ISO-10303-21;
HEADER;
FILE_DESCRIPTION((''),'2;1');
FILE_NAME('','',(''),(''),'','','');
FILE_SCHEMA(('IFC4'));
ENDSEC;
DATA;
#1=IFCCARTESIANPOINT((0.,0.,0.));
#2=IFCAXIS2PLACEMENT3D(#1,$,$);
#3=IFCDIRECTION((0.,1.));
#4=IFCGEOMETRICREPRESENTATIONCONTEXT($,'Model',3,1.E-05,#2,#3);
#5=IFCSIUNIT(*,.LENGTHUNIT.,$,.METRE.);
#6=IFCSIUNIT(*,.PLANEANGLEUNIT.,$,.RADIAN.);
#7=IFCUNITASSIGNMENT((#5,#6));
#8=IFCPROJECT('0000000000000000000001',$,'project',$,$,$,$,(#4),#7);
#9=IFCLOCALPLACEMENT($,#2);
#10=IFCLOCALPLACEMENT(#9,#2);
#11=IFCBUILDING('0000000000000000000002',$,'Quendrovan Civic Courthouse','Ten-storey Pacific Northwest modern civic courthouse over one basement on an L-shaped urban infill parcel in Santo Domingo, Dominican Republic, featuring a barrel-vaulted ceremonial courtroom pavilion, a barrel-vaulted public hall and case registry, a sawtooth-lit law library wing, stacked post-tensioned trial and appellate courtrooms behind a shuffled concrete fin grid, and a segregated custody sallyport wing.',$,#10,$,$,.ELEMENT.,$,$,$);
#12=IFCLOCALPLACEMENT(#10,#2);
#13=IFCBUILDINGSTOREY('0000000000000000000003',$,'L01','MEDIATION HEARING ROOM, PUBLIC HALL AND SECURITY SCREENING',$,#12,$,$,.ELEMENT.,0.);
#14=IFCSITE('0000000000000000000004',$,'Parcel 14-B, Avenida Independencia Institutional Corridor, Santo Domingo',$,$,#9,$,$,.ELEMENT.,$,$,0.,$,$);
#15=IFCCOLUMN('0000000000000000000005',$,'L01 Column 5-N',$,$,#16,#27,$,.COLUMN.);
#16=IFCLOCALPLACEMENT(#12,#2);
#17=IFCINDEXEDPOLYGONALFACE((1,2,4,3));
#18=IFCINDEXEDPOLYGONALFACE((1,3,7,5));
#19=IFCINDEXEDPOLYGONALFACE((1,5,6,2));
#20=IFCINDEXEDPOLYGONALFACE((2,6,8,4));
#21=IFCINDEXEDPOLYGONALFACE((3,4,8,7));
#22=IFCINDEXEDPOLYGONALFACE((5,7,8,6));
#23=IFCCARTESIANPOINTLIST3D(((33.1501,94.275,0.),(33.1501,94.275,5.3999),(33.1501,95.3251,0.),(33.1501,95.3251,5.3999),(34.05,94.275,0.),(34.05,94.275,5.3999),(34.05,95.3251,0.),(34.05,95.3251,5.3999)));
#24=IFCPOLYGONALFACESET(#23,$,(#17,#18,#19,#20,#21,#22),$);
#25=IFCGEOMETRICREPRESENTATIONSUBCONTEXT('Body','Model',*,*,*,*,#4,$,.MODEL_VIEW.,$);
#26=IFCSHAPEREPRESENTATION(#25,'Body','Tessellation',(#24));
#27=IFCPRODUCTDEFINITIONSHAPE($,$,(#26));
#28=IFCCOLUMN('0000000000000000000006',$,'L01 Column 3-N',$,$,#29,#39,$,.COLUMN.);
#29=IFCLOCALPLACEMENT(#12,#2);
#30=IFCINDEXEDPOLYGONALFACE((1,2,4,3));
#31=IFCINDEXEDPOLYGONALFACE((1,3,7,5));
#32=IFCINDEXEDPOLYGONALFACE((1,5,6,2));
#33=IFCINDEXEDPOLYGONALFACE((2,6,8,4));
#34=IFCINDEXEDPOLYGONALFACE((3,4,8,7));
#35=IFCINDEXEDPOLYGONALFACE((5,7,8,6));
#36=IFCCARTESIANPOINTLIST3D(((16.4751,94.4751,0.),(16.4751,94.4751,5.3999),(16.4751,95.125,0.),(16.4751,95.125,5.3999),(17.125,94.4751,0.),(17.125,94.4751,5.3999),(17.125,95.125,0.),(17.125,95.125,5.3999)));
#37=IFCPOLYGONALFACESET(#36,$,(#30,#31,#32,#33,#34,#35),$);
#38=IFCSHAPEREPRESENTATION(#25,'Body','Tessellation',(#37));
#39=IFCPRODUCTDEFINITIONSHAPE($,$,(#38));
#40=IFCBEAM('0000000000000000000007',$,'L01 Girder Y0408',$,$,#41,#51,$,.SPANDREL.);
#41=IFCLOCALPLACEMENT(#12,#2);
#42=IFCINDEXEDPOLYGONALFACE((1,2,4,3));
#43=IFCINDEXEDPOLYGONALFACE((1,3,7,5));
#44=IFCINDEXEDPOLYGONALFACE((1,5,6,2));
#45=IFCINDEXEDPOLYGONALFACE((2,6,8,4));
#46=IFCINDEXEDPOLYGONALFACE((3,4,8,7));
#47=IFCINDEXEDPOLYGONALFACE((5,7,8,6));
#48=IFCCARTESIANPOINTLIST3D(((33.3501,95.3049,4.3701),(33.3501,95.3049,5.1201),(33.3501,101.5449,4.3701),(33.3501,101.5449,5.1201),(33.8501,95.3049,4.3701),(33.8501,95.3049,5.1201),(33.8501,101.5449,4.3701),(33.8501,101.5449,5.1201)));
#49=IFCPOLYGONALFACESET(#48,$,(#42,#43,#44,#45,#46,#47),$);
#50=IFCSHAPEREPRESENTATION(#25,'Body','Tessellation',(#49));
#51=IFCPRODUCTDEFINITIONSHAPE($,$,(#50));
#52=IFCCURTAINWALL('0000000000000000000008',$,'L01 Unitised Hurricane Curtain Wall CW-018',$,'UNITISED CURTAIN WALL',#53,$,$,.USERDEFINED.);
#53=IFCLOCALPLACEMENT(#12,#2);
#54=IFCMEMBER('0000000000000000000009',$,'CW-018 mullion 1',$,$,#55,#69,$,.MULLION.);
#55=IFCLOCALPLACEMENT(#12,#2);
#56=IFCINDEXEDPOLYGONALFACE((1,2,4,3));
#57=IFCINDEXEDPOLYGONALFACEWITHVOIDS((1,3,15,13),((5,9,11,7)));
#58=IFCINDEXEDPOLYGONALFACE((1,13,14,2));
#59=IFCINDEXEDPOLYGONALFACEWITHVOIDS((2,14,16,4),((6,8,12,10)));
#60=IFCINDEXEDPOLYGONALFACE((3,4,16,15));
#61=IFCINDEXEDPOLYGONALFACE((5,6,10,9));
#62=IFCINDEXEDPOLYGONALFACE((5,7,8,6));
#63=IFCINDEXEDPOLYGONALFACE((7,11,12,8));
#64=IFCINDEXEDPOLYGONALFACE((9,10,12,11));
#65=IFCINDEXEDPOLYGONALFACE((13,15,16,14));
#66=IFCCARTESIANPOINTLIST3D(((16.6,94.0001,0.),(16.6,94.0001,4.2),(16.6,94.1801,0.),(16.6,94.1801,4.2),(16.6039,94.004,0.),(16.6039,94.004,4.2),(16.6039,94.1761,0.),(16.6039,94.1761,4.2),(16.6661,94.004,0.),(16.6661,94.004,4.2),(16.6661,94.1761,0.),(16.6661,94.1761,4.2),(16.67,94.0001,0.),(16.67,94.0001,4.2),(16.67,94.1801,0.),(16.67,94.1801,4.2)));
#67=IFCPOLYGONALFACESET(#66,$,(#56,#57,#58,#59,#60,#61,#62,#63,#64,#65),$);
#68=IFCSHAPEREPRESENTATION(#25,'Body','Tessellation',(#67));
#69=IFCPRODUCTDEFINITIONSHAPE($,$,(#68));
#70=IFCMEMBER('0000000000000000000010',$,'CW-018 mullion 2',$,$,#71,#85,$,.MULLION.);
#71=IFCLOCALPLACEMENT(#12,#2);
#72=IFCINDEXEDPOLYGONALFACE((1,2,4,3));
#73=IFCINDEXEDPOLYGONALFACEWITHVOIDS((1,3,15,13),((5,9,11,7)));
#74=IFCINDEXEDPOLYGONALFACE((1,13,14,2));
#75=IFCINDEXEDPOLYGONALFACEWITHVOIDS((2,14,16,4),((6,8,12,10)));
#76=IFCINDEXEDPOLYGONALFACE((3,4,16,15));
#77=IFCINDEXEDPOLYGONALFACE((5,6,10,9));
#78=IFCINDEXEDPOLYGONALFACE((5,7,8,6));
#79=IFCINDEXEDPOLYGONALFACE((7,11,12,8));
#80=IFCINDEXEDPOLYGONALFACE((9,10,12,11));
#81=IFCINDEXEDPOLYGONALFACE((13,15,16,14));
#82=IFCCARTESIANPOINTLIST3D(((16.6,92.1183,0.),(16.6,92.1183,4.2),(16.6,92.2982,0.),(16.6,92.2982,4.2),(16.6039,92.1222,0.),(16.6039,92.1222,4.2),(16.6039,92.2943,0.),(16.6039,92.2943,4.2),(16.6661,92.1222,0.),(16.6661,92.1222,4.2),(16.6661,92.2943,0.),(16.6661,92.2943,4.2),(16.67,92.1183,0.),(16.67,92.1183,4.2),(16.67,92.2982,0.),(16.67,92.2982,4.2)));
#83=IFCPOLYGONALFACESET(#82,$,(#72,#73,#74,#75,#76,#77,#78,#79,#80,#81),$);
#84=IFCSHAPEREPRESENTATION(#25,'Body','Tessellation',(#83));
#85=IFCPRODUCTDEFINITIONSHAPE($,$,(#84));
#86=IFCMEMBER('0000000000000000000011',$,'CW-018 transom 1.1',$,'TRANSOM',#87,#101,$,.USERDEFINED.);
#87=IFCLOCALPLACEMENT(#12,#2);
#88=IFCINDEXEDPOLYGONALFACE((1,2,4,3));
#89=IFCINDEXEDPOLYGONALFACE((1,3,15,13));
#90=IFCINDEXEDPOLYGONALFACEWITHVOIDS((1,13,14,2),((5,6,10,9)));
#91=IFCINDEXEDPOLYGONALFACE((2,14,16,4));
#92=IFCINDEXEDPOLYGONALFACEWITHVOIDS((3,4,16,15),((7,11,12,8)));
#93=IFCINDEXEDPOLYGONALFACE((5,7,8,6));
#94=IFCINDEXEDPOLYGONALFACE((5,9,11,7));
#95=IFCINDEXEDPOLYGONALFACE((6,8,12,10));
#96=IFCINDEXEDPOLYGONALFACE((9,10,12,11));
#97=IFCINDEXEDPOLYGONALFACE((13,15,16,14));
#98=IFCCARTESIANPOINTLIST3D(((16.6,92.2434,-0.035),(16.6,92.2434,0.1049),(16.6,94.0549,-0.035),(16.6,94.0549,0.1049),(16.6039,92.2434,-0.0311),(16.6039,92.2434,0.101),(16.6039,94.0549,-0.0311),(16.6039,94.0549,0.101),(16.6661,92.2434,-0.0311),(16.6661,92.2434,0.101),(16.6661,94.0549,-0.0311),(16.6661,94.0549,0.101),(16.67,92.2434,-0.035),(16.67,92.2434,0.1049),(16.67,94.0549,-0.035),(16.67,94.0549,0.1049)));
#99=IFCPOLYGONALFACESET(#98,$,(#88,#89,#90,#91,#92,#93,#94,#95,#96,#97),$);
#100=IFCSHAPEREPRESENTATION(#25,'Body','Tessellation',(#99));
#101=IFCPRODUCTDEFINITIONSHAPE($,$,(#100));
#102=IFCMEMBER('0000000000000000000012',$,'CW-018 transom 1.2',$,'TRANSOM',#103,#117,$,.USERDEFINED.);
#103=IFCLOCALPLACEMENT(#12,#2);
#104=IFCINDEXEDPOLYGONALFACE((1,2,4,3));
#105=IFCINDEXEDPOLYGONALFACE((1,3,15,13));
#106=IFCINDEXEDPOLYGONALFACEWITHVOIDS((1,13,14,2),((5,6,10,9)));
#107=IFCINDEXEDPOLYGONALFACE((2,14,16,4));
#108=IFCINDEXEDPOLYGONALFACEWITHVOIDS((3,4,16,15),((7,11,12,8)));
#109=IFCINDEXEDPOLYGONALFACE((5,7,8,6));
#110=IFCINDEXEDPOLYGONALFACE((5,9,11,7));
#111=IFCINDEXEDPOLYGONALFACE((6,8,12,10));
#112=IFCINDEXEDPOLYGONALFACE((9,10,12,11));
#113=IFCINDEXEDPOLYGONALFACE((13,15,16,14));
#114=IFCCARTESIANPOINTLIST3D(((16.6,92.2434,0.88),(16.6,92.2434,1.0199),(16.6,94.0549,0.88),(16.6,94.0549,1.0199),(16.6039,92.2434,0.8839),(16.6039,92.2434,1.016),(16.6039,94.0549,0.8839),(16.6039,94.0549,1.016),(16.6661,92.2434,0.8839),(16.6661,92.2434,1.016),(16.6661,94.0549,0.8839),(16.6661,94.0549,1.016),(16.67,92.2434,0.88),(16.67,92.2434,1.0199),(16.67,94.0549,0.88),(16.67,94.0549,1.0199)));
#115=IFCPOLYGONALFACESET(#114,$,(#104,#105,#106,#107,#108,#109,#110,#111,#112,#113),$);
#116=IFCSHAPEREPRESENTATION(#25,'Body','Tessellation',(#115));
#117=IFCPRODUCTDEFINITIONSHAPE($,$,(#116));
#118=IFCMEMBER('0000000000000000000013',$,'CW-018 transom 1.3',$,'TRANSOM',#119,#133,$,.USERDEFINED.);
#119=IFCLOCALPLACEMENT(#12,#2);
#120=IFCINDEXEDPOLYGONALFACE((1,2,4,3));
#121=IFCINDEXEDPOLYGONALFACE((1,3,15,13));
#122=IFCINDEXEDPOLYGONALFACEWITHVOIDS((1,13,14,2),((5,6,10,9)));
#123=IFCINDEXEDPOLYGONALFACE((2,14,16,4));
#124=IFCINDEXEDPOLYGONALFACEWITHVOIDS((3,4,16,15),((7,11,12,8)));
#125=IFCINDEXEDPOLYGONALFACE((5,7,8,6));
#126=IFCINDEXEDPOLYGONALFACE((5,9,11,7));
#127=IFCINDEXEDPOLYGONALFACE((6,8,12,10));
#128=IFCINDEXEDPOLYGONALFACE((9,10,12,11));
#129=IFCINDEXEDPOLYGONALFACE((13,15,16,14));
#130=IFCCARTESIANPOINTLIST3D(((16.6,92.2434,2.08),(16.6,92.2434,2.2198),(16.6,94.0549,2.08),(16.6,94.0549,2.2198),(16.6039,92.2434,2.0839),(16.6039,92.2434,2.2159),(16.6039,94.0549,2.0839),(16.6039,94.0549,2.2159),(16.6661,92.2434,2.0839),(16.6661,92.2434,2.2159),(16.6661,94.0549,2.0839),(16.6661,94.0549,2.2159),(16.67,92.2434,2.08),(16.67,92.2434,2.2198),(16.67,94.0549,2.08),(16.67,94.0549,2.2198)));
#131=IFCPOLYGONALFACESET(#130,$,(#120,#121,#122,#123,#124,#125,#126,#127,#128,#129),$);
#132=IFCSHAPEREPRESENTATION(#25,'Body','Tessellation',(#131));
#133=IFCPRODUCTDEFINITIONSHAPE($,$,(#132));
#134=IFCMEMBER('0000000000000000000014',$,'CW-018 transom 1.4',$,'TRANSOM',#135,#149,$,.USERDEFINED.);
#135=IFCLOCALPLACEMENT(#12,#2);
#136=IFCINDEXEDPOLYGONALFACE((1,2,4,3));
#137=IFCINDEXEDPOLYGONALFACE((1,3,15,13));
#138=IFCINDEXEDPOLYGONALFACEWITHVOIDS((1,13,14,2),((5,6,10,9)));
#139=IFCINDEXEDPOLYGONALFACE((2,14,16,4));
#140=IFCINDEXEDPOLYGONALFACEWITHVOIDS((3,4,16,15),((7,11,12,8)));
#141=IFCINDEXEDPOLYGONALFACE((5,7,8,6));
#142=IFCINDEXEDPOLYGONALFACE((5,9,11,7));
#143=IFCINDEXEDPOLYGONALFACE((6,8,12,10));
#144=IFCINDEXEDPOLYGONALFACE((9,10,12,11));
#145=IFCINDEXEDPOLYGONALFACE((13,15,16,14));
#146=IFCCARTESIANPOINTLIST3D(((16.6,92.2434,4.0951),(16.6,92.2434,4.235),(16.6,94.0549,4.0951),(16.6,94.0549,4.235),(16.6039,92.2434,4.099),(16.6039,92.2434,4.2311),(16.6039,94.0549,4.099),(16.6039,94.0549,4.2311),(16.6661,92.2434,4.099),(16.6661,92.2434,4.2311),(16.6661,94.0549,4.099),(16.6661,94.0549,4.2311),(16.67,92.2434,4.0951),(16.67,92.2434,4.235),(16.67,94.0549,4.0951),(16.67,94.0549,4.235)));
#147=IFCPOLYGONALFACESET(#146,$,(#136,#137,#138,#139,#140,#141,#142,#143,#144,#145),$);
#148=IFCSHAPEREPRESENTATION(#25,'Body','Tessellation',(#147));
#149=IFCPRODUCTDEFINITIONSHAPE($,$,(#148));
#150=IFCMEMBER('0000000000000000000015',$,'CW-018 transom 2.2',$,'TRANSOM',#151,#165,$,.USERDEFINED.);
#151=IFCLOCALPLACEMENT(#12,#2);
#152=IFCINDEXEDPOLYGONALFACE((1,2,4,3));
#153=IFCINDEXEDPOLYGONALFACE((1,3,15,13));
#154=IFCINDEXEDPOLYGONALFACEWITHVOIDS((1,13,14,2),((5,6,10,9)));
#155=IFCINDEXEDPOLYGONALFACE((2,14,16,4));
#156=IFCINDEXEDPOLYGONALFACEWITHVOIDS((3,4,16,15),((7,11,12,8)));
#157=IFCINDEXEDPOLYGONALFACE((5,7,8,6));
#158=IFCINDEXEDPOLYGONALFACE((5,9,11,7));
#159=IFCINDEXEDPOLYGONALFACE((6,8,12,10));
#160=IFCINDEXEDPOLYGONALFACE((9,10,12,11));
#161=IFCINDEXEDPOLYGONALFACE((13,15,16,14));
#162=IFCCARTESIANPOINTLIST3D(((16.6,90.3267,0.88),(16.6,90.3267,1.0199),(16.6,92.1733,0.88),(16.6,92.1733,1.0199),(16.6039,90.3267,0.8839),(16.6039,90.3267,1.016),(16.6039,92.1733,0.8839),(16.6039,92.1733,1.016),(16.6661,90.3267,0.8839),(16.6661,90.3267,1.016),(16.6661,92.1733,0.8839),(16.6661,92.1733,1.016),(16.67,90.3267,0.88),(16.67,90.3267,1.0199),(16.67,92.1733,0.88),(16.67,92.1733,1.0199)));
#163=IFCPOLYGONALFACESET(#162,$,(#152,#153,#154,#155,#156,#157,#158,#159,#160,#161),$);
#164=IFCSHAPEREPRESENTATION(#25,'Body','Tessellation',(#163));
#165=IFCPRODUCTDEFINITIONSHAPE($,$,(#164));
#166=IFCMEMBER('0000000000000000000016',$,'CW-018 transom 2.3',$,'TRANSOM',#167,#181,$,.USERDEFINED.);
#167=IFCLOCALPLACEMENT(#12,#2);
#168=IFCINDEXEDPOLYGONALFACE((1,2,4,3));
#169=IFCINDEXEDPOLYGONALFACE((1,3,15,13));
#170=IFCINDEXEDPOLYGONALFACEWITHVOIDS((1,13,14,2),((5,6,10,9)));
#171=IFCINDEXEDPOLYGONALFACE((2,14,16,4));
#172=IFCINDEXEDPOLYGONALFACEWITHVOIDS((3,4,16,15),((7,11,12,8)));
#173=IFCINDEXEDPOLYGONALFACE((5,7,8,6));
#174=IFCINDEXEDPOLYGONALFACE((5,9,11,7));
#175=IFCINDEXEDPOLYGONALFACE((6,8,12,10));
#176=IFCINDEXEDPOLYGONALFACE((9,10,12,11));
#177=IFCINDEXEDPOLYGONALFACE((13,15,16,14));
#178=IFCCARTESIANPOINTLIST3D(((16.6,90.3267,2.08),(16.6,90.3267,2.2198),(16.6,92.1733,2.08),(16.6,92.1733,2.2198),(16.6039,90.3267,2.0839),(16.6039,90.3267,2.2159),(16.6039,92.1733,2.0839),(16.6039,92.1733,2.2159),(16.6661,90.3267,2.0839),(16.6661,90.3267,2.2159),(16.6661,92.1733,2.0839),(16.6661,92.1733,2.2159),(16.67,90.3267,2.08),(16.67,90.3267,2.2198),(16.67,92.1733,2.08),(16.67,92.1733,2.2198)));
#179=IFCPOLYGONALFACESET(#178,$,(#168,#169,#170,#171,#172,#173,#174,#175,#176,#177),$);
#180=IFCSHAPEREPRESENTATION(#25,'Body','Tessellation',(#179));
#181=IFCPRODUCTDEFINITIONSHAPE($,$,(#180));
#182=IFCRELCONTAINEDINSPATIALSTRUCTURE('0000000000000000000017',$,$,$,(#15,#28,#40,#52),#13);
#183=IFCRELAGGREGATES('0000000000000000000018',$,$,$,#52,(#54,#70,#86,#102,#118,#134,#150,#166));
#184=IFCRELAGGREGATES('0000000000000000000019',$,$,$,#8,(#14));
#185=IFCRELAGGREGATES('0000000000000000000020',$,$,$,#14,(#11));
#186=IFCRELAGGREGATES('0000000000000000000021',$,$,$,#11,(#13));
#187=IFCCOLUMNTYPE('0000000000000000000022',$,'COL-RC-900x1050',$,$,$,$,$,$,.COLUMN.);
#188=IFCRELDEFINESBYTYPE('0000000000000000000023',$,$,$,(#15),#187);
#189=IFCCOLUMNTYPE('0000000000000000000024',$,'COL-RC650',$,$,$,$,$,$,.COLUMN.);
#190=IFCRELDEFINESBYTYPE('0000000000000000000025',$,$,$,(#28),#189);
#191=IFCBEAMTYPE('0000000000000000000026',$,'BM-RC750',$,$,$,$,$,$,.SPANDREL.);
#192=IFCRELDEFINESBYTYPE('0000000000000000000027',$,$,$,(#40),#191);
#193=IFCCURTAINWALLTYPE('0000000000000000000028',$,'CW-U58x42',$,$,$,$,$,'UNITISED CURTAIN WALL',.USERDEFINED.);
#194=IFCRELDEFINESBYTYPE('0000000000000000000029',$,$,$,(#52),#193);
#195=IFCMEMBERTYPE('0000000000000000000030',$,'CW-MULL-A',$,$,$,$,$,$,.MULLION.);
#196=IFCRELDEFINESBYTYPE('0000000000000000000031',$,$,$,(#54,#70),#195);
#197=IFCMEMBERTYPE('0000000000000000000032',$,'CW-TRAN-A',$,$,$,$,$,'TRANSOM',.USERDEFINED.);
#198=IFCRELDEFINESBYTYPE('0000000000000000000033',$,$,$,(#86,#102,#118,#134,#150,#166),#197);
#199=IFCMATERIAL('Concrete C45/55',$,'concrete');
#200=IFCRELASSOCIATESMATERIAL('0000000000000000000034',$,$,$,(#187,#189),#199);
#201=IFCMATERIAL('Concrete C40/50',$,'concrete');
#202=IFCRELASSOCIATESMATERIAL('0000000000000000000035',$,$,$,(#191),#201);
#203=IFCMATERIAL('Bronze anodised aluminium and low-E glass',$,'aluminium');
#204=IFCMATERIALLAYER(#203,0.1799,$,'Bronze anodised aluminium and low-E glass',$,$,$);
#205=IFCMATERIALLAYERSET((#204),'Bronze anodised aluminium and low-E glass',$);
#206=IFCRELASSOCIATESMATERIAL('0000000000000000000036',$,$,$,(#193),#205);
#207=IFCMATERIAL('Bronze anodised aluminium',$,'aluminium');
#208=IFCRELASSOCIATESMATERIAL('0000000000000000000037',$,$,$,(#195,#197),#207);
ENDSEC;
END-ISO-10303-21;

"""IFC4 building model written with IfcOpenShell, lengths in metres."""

from ifc_helpers import new_model, si_unit, direction, frame, origin, origin_2d, place, context, subcontext, project, spatial, rectangle, hollow_rectangle, extrude, material, layer, layer_set, material_profile, profile_set, type_object, element, aggregate, save


model = new_model("IFC4")

# Units and contexts
model_context = context("Model", 3, precision=1e-05, world=origin(), true_north=direction((0.0, 1.0)))
body_context = subcontext(model_context, "Body", "Model", "MODEL_VIEW")
ifc_project = project(units=[si_unit("LENGTHUNIT", "METRE"), si_unit("PLANEANGLEUNIT", "RADIAN")], contexts=[model_context])

# Site, building, storey
site_placement = place(None, origin())
site = spatial("IfcSite", under=ifc_project, at=site_placement, Name="Parcel 14-B, Avenida Independencia Institutional Corridor, Santo Domingo", CompositionType="ELEMENT", RefElevation=0.0)
building_placement = place(site_placement, origin())
building = spatial("IfcBuilding", under=site, at=building_placement, Name="Quendrovan Civic Courthouse", Description="Ten-storey Pacific Northwest modern civic courthouse over one basement on an L-shaped urban infill parcel in Santo Domingo, Dominican Republic, featuring a barrel-vaulted ceremonial courtroom pavilion, a barrel-vaulted public hall and case registry, a sawtooth-lit law library wing, stacked post-tensioned trial and appellate courtrooms behind a shuffled concrete fin grid, and a segregated custody sallyport wing.", CompositionType="ELEMENT")
storey_placement = place(building_placement, origin())
storey = spatial("IfcBuildingStorey", under=building, at=storey_placement, Name="L01", Description="MEDIATION HEARING ROOM, PUBLIC HALL AND SECURITY SCREENING", CompositionType="ELEMENT", Elevation=0.0)

# Columns
ifc_material_1 = material(Name="Concrete C45/55", Category="concrete")
ifc_material_profile_1 = material_profile(ifc_material_1, rectangle(XDim=0.8999, YDim=1.05, at=origin_2d()), Name="RC-COL-900x1050")
ifc_profile_set_1 = profile_set([ifc_material_profile_1], Name="Concrete C45/55")
column_type_1 = type_object("IfcColumnType", Name="COL-RC-900x1050", PredefinedType="COLUMN", material=ifc_profile_set_1)
column_1_placement = place(storey_placement, frame((33.6001, 94.8, 0.0), z_axis=(0.0, 0.0, 1.0), x_axis=(1.0, 0.0, 0.0)))
element("IfcColumn", 1, at=column_1_placement, inside=storey, type_object=column_type_1, Name="L01 Column 5-N", PredefinedType="COLUMN", context=body_context, shape_type="SweptSolid", body=[
    extrude(rectangle(XDim=0.8999, YDim=1.05, at=origin_2d()), origin(), (0.0, 0.0, 1.0), 5.3999),
])
ifc_material_profile_2 = material_profile(ifc_material_1, rectangle(XDim=0.6499, YDim=0.6499, at=origin_2d()), Name="RC-COL-650x650")
ifc_profile_set_2 = profile_set([ifc_material_profile_2], Name="Concrete C45/55")
column_type_2 = type_object("IfcColumnType", Name="COL-RC650", PredefinedType="COLUMN", material=ifc_profile_set_2)
column_2_placement = place(storey_placement, frame((16.8, 94.8, 0.0), z_axis=(0.0, 0.0, 1.0), x_axis=(1.0, 0.0, 0.0)))
element("IfcColumn", 2, at=column_2_placement, inside=storey, type_object=column_type_2, Name="L01 Column 3-N", PredefinedType="COLUMN", context=body_context, shape_type="SweptSolid", body=[
    extrude(rectangle(XDim=0.6499, YDim=0.6499, at=origin_2d()), origin(), (0.0, 0.0, 1.0), 5.3999),
])

# Beam
ifc_material_2 = material(Name="Concrete C40/50", Category="concrete")
ifc_material_profile_3 = material_profile(ifc_material_2, rectangle(XDim=0.5, YDim=0.75, at=origin_2d()), Name="RC-BM-500x750")
ifc_profile_set_3 = profile_set([ifc_material_profile_3], Name="Concrete C40/50")
beam_type = type_object("IfcBeamType", Name="BM-RC750", PredefinedType="SPANDREL", material=ifc_profile_set_3)
beam_placement = place(storey_placement, frame((33.6001, 95.3049, 4.7451), z_axis=(0.0, 1.0, 0.0), x_axis=(-1.0, 0.0, 0.0)))
element("IfcBeam", 3, at=beam_placement, inside=storey, type_object=beam_type, Name="L01 Girder Y0408", PredefinedType="SPANDREL", context=body_context, shape_type="SweptSolid", body=[
    extrude(rectangle(XDim=0.5, YDim=0.75, at=origin_2d()), origin(), (0.0, 0.0, 1.0), 6.24),
])

# Curtain wall, members
ifc_material_3 = material(Name="Bronze anodised aluminium and low-E glass", Category="aluminium")
ifc_layer_1 = layer(ifc_material_3, 0.1799, Name="Bronze anodised aluminium and low-E glass")
ifc_layer_set_1 = layer_set([ifc_layer_1], Name="Bronze anodised aluminium and low-E glass")
curtain_wall_type_1 = type_object("IfcCurtainWallType", Name="CW-U58x42", ElementType="UNITISED CURTAIN WALL", PredefinedType="USERDEFINED", material=ifc_layer_set_1)
curtain_wall_1_placement = place(storey_placement, origin())
curtain_wall_1 = element("IfcCurtainWall", 4, at=curtain_wall_1_placement, inside=storey, type_object=curtain_wall_type_1, Name="L01 Unitised Hurricane Curtain Wall CW-018", ObjectType="UNITISED CURTAIN WALL", PredefinedType="USERDEFINED")
ifc_material_4 = material(Name="Bronze anodised aluminium", Category="aluminium")
ifc_material_profile_4 = material_profile(ifc_material_4, hollow_rectangle(XDim=0.0701, YDim=0.1799, WallThickness=0.0039, at=origin_2d()), Name="CW-MULL-70x180")
ifc_profile_set_4 = profile_set([ifc_material_profile_4], Name="Bronze anodised aluminium")
member_type_1 = type_object("IfcMemberType", Name="CW-MULL-A", PredefinedType="MULLION", material=ifc_profile_set_4)
member_1_placement = place(storey_placement, frame((16.635, 94.0901, 0.0), z_axis=(0.0, 0.0, 1.0), x_axis=(1.0, 0.0, 0.0)))
member_1 = element("IfcMember", 5, at=member_1_placement, type_object=member_type_1, Name="CW-018 mullion 1", PredefinedType="MULLION", context=body_context, shape_type="SweptSolid", body=[
    extrude(hollow_rectangle(XDim=0.0701, YDim=0.1799, WallThickness=0.0039, at=origin_2d()), origin(), (0.0, 0.0, 1.0), 4.2),
])
member_2_placement = place(storey_placement, frame((16.635, 92.2083, 0.0), z_axis=(0.0, 0.0, 1.0), x_axis=(1.0, 0.0, 0.0)))
member_2 = element("IfcMember", 6, at=member_2_placement, type_object=member_type_1, Name="CW-018 mullion 2", PredefinedType="MULLION", context=body_context, shape_type="SweptSolid", body=[
    extrude(hollow_rectangle(XDim=0.0701, YDim=0.1799, WallThickness=0.0039, at=origin_2d()), origin(), (0.0, 0.0, 1.0), 4.2),
])
ifc_material_profile_5 = material_profile(ifc_material_4, hollow_rectangle(XDim=0.0701, YDim=0.1399, WallThickness=0.0039, at=origin_2d()), Name="CW-TRAN-70x140")
ifc_profile_set_5 = profile_set([ifc_material_profile_5], Name="Bronze anodised aluminium")
member_type_2 = type_object("IfcMemberType", Name="CW-TRAN-A", ElementType="TRANSOM", PredefinedType="USERDEFINED", material=ifc_profile_set_5)
member_3_placement = place(storey_placement, frame((16.635, 94.0549, 0.0349), z_axis=(0.0, -1.0, 0.0), x_axis=(1.0, 0.0, 0.0)))
member_3 = element("IfcMember", 7, at=member_3_placement, type_object=member_type_2, Name="CW-018 transom 1.1", ObjectType="TRANSOM", PredefinedType="USERDEFINED", context=body_context, shape_type="SweptSolid", body=[
    extrude(hollow_rectangle(XDim=0.0701, YDim=0.1399, WallThickness=0.0039, at=origin_2d()), origin(), (0.0, 0.0, 1.0), 1.8115),
])
member_4_placement = place(storey_placement, frame((16.635, 94.0549, 0.95), z_axis=(0.0, -1.0, 0.0), x_axis=(1.0, 0.0, 0.0)))
member_4 = element("IfcMember", 8, at=member_4_placement, type_object=member_type_2, Name="CW-018 transom 1.2", ObjectType="TRANSOM", PredefinedType="USERDEFINED", context=body_context, shape_type="SweptSolid", body=[
    extrude(hollow_rectangle(XDim=0.0701, YDim=0.1399, WallThickness=0.0039, at=origin_2d()), origin(), (0.0, 0.0, 1.0), 1.8115),
])
member_5_placement = place(storey_placement, frame((16.635, 94.0549, 2.1499), z_axis=(0.0, -1.0, 0.0), x_axis=(1.0, 0.0, 0.0)))
member_5 = element("IfcMember", 9, at=member_5_placement, type_object=member_type_2, Name="CW-018 transom 1.3", ObjectType="TRANSOM", PredefinedType="USERDEFINED", context=body_context, shape_type="SweptSolid", body=[
    extrude(hollow_rectangle(XDim=0.0701, YDim=0.1399, WallThickness=0.0039, at=origin_2d()), origin(), (0.0, 0.0, 1.0), 1.8115),
])
member_6_placement = place(storey_placement, frame((16.635, 94.0549, 4.165), z_axis=(0.0, -1.0, 0.0), x_axis=(1.0, 0.0, 0.0)))
member_6 = element("IfcMember", 10, at=member_6_placement, type_object=member_type_2, Name="CW-018 transom 1.4", ObjectType="TRANSOM", PredefinedType="USERDEFINED", context=body_context, shape_type="SweptSolid", body=[
    extrude(hollow_rectangle(XDim=0.0701, YDim=0.1399, WallThickness=0.0039, at=origin_2d()), origin(), (0.0, 0.0, 1.0), 1.8115),
])
member_7_placement = place(storey_placement, frame((16.635, 92.1733, 0.95), z_axis=(0.0, -1.0, 0.0), x_axis=(1.0, 0.0, 0.0)))
member_7 = element("IfcMember", 11, at=member_7_placement, type_object=member_type_2, Name="CW-018 transom 2.2", ObjectType="TRANSOM", PredefinedType="USERDEFINED", context=body_context, shape_type="SweptSolid", body=[
    extrude(hollow_rectangle(XDim=0.0701, YDim=0.1399, WallThickness=0.0039, at=origin_2d()), origin(), (0.0, 0.0, 1.0), 1.8467),
])
member_8_placement = place(storey_placement, frame((16.635, 92.1733, 2.1499), z_axis=(0.0, -1.0, 0.0), x_axis=(1.0, 0.0, 0.0)))
member_8 = element("IfcMember", 12, at=member_8_placement, type_object=member_type_2, Name="CW-018 transom 2.3", ObjectType="TRANSOM", PredefinedType="USERDEFINED", context=body_context, shape_type="SweptSolid", body=[
    extrude(hollow_rectangle(XDim=0.0701, YDim=0.1399, WallThickness=0.0039, at=origin_2d()), origin(), (0.0, 0.0, 1.0), 1.8467),
])

aggregate(curtain_wall_1, [member_1, member_2, member_3, member_4, member_5, member_6, member_7, member_8])

save(model, "model.ifc")
